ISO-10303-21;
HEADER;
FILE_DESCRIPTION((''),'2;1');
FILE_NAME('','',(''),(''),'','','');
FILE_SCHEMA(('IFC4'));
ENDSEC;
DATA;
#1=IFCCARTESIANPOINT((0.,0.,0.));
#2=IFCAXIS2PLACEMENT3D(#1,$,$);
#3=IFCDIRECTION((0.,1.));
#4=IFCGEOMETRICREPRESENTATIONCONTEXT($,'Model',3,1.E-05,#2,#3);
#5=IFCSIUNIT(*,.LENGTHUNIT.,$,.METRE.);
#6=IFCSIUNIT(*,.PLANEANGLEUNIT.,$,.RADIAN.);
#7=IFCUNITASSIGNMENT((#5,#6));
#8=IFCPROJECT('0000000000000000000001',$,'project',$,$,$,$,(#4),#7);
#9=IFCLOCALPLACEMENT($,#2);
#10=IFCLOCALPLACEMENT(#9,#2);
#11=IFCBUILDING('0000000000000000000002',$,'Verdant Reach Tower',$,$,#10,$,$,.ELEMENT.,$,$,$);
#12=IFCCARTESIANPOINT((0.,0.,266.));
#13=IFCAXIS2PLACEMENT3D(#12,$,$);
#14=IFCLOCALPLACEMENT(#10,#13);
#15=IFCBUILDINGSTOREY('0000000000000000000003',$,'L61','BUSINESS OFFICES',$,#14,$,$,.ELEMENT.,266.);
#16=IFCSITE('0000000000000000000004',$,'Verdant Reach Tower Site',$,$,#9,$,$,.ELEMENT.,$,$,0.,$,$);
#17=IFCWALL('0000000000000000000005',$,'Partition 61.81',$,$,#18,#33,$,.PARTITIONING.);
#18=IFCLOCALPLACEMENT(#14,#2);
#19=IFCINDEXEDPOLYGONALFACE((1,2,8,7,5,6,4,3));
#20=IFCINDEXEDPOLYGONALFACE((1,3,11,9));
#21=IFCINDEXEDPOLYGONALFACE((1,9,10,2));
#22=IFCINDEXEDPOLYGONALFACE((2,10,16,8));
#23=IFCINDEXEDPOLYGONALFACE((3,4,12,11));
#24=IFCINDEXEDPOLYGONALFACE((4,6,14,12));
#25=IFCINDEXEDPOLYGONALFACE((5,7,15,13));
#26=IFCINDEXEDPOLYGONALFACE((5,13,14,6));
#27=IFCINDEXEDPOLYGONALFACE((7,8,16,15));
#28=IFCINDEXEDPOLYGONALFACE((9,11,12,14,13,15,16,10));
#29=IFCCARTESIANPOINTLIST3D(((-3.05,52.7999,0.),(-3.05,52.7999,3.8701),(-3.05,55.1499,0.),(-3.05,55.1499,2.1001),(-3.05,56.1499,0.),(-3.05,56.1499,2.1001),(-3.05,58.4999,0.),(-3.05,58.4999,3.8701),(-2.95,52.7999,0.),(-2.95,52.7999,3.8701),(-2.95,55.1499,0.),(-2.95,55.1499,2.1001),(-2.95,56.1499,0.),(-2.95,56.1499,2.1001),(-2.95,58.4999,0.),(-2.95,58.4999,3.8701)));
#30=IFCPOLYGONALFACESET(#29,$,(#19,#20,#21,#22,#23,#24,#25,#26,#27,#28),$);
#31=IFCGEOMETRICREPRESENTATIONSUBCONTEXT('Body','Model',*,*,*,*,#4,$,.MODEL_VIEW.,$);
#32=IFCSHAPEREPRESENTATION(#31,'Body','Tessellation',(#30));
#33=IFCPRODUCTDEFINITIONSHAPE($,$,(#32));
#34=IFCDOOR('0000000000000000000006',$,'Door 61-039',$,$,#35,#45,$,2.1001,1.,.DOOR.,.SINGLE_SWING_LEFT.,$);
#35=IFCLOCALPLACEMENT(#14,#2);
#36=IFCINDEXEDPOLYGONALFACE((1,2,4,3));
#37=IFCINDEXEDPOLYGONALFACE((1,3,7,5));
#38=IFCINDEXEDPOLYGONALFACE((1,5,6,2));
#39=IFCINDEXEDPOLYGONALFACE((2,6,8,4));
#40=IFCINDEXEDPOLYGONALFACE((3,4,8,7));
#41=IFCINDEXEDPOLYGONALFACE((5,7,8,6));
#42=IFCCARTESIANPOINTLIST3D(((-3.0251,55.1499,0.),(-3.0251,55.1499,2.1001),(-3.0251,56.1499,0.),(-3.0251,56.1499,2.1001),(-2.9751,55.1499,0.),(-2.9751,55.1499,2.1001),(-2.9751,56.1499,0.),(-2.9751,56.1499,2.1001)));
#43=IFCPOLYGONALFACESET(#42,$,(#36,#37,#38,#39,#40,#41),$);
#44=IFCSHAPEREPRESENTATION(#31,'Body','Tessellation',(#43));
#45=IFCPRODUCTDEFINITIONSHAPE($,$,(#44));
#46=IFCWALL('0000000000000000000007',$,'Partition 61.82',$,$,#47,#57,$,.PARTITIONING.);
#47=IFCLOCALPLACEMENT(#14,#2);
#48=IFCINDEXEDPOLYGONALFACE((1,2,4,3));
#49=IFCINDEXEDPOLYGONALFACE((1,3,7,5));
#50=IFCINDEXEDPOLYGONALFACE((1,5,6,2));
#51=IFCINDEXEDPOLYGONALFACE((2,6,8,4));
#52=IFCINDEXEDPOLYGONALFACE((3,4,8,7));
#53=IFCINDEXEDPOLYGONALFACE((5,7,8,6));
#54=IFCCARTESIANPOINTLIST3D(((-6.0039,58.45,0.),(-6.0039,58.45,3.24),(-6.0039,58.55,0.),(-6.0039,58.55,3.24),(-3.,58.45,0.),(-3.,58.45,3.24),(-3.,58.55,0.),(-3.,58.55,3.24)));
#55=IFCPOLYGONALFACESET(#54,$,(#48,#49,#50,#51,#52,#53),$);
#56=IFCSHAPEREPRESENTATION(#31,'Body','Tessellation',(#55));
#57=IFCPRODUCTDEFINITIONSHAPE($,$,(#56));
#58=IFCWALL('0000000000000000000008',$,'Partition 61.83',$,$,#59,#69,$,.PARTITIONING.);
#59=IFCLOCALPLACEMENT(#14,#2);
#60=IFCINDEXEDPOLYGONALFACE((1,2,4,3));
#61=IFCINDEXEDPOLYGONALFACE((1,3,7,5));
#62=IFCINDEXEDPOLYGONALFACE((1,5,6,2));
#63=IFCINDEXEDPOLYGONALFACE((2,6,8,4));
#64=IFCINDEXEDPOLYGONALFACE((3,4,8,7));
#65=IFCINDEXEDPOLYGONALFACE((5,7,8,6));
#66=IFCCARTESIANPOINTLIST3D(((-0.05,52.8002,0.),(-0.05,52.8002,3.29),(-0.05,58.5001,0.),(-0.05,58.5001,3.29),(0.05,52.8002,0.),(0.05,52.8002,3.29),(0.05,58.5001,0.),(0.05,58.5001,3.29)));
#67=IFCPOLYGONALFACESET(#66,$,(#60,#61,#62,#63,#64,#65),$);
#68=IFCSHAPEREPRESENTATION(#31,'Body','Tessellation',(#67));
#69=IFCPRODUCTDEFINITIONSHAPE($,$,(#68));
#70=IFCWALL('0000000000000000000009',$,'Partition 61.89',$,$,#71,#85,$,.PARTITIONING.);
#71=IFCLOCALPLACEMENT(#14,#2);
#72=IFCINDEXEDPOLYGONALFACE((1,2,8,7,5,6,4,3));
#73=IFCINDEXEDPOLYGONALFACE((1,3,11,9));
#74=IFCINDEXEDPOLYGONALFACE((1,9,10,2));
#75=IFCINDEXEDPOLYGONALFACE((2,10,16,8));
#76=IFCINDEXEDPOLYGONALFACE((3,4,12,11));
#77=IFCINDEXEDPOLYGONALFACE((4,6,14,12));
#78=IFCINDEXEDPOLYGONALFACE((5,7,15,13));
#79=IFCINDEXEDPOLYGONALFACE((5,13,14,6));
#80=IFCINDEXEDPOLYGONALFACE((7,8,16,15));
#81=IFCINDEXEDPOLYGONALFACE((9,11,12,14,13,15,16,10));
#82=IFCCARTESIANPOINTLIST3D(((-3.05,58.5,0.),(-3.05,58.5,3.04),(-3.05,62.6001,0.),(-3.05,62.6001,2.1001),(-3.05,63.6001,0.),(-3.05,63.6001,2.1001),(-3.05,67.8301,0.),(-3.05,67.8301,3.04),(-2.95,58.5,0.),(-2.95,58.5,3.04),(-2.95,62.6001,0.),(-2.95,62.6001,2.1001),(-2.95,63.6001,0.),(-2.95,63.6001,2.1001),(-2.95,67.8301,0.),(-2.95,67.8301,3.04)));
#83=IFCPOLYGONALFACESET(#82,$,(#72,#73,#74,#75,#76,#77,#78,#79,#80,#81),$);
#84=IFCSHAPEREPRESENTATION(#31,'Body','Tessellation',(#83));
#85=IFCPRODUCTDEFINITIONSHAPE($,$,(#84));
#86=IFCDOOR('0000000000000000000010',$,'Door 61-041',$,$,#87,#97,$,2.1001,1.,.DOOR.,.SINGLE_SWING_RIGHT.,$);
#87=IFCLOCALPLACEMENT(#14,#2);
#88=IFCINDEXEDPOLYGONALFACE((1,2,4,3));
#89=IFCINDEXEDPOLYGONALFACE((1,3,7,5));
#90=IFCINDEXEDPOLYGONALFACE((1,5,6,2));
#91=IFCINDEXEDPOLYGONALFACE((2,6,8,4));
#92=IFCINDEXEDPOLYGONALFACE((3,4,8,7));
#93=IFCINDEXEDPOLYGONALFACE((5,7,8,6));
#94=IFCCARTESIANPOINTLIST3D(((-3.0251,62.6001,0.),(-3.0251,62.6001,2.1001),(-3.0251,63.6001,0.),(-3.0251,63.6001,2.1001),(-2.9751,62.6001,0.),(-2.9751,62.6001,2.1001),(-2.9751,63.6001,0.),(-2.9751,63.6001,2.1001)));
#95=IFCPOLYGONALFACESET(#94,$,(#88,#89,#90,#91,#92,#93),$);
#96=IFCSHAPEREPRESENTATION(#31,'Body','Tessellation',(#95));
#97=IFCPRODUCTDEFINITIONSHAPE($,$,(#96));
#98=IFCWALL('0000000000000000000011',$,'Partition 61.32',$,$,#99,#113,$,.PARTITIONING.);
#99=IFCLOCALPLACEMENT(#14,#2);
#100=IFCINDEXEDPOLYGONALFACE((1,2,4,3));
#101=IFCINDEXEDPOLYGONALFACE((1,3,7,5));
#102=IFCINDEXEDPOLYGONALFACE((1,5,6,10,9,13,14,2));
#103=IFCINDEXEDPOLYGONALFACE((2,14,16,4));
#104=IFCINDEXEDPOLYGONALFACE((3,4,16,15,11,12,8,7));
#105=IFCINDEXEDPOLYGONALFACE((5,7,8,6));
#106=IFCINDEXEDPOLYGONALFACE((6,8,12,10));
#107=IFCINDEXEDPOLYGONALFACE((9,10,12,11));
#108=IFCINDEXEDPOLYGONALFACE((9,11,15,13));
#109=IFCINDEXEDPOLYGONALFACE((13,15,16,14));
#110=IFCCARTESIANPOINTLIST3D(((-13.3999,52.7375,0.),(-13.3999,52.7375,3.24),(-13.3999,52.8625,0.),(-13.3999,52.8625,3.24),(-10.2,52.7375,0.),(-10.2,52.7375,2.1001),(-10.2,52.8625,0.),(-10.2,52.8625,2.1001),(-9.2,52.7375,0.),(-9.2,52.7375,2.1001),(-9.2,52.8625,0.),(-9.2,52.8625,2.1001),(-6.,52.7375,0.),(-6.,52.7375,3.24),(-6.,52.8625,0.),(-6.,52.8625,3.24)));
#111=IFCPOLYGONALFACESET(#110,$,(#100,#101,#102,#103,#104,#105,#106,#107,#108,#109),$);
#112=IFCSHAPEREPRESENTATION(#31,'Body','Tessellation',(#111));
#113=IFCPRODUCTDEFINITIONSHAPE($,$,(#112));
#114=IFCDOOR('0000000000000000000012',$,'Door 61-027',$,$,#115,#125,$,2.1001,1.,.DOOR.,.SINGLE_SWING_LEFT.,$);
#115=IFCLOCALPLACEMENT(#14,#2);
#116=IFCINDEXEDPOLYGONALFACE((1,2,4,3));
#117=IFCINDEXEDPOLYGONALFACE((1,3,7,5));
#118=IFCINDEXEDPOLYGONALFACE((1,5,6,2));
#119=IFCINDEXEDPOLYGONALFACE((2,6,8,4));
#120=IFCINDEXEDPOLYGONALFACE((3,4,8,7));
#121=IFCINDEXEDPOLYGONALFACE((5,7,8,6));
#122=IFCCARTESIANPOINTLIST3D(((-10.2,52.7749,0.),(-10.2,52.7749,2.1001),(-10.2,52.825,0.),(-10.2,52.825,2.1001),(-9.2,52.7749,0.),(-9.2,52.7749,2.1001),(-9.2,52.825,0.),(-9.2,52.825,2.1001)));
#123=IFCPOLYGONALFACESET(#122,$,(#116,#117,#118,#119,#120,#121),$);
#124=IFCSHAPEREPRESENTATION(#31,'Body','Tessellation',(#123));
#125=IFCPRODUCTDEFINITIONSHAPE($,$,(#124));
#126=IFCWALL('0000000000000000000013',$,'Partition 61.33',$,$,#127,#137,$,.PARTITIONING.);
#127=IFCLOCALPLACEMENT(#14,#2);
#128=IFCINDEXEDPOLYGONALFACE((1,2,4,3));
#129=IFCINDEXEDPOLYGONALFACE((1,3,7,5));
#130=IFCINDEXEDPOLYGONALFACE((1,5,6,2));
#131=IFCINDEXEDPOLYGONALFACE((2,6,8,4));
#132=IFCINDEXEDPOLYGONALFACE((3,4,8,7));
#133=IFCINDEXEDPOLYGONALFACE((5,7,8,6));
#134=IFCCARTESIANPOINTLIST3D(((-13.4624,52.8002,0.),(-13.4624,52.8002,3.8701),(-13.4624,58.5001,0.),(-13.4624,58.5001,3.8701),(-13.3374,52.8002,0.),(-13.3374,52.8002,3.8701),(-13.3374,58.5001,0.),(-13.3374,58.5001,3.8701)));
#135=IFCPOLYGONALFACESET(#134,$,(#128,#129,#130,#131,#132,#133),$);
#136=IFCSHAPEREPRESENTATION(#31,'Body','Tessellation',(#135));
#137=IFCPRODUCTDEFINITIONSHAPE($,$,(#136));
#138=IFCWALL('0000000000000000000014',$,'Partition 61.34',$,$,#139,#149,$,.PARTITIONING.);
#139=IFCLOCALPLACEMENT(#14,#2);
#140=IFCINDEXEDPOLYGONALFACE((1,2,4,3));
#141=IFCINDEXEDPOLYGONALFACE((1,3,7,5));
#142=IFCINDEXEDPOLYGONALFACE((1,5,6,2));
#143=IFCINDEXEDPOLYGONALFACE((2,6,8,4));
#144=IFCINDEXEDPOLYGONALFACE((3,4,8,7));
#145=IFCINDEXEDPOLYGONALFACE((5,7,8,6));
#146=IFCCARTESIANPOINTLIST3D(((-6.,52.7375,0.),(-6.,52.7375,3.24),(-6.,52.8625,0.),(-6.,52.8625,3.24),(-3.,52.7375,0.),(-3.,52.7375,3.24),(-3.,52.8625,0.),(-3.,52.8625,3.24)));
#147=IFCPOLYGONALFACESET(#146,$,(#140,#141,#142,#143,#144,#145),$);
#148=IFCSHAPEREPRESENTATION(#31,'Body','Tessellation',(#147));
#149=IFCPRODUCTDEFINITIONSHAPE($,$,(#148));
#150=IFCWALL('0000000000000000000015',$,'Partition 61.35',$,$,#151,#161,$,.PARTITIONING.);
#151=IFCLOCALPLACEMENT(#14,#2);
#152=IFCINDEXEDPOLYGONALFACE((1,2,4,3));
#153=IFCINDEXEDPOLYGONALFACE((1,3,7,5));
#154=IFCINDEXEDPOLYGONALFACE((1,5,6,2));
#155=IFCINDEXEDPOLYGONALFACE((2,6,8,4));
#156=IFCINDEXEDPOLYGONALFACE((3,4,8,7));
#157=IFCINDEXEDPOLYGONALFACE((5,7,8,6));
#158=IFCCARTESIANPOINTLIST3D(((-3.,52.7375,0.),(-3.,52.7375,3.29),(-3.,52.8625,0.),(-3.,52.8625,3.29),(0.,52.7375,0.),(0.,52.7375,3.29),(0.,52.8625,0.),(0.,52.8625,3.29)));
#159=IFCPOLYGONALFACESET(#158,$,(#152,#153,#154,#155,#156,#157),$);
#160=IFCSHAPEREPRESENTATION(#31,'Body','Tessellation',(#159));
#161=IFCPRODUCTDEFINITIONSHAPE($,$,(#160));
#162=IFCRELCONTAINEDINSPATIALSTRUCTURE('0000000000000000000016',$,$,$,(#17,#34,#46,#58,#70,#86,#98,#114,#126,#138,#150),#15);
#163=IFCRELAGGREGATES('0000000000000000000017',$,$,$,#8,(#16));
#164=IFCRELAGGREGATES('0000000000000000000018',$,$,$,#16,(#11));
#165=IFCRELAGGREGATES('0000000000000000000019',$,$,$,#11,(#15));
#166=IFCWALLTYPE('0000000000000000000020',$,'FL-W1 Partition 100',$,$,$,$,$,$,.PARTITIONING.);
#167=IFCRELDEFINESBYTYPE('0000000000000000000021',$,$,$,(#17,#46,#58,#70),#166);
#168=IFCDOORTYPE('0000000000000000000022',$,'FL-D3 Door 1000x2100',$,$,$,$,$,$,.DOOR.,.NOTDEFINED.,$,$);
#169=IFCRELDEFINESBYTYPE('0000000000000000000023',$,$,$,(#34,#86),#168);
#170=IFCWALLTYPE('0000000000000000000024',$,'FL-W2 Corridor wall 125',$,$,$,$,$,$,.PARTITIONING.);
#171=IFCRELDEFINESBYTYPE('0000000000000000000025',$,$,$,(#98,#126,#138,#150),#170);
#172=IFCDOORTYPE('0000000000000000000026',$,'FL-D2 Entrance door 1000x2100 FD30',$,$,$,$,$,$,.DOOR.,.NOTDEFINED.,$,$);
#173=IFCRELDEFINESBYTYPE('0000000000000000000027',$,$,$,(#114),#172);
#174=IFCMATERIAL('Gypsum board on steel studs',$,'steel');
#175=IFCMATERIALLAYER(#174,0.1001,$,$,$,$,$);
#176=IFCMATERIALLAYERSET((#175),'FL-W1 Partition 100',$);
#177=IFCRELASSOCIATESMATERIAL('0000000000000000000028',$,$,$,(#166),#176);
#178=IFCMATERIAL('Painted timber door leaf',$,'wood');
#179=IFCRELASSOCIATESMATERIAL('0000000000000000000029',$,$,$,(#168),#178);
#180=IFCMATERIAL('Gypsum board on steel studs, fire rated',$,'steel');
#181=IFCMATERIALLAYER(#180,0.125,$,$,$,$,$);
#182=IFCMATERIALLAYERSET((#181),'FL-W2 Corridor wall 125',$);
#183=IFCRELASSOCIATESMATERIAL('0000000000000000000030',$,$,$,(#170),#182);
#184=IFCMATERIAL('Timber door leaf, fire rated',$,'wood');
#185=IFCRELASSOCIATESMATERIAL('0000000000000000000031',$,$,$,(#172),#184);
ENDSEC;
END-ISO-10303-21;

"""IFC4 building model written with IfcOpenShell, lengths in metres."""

from ifc_helpers import new_model, si_unit, direction, frame, frame_2d, origin, place, context, subcontext, project, spatial, rectangle, extrude, material, layer, layer_set, type_object, element, fill, save


model = new_model("IFC4")

# Units and contexts
model_context = context("Model", 3, precision=1e-05, world=origin(), true_north=direction((0.0, 1.0)))
body_context = subcontext(model_context, "Body", "Model", "MODEL_VIEW")
ifc_project = project(units=[si_unit("LENGTHUNIT", "METRE"), si_unit("PLANEANGLEUNIT", "RADIAN")], contexts=[model_context])

# Site, building, storey
site_placement = place(None, origin())
site = spatial("IfcSite", under=ifc_project, at=site_placement, Name="Verdant Reach Tower Site", CompositionType="ELEMENT", RefElevation=0.0)
building_placement = place(site_placement, origin())
building = spatial("IfcBuilding", under=site, at=building_placement, Name="Verdant Reach Tower", CompositionType="ELEMENT")
storey_placement = place(building_placement, frame((0.0, 0.0, 266.0)))
storey = spatial("IfcBuildingStorey", under=building, at=storey_placement, Name="L61", Description="BUSINESS OFFICES", CompositionType="ELEMENT", Elevation=266.0)

# Shared definitions
ifc_material_1 = material(Name="Gypsum board on steel studs", Category="steel")
ifc_layer_1 = layer(ifc_material_1, 0.1001)
ifc_layer_set_1 = layer_set([ifc_layer_1], Name="FL-W1 Partition 100")
wall_type_1 = type_object("IfcWallType", Name="FL-W1 Partition 100", PredefinedType="PARTITIONING", material=ifc_layer_set_1)
ifc_material_2 = material(Name="Painted timber door leaf", Category="wood")
door_type_1 = type_object("IfcDoorType", Name="FL-D3 Door 1000x2100", OperationType="NOTDEFINED", PredefinedType="DOOR", material=ifc_material_2)

# Wall, opening, door
wall_1_placement = place(storey_placement, frame((-3.0, 58.5, 0.0), z_axis=(0.0, 0.0, 1.0), x_axis=(0.0, -1.0, 0.0)))
wall_1 = element("IfcWall", 1, at=wall_1_placement, inside=storey, type_object=wall_type_1, Name="Partition 61.81", PredefinedType="PARTITIONING", context=body_context, shape_type="SweptSolid", body=[
    extrude(rectangle(XDim=5.7, YDim=0.1001, at=frame_2d((2.8501, 0.0))), origin(), (0.0, 0.0, 1.0), 3.8701),
])
opening_1_placement = place(wall_1_placement, frame((2.3501, 0.0, 0.0)))
opening_1 = element("IfcOpeningElement", 2, at=opening_1_placement, cuts=wall_1, PredefinedType="OPENING", context=body_context, shape_type="SweptSolid", body=[
    extrude(rectangle(XDim=1.0, YDim=2.1001, at=frame_2d((0.5, 1.05))), frame((0.0, 0.0601, 0.0), z_axis=(0.0, -1.0, 0.0), x_axis=(1.0, 0.0, 0.0)), (0.0, 0.0, 1.0), 0.1201),
])
door_1_placement = place(opening_1_placement, origin())
door_1 = element("IfcDoor", 3, at=door_1_placement, inside=storey, type_object=door_type_1, Name="Door 61-039", OperationType="SINGLE_SWING_LEFT", OverallHeight=2.1001, OverallWidth=1.0, PredefinedType="DOOR", context=body_context, shape_type="SweptSolid", body=[
    extrude(rectangle(XDim=1.0, YDim=2.1001, at=frame_2d((0.5, 1.05))), frame((0.0, 0.0249, 0.0), z_axis=(0.0, -1.0, 0.0), x_axis=(1.0, 0.0, 0.0)), (0.0, 0.0, 1.0), 0.05),
])
fill(opening_1, door_1)

# Walls
wall_2_placement = place(storey_placement, frame((-3.0, 58.5, 0.0), z_axis=(0.0, 0.0, 1.0), x_axis=(-1.0, 0.0, 0.0)))
element("IfcWall", 4, at=wall_2_placement, inside=storey, type_object=wall_type_1, Name="Partition 61.82", PredefinedType="PARTITIONING", context=body_context, shape_type="SweptSolid", body=[
    extrude(rectangle(XDim=3.0039, YDim=0.1001, at=frame_2d((1.502, 0.0))), origin(), (0.0, 0.0, 1.0), 3.24),
])
wall_3_placement = place(storey_placement, frame((0.0, 52.8, 0.0), z_axis=(0.0, 0.0, 1.0), x_axis=(0.0, 1.0, 0.0)))
element("IfcWall", 5, at=wall_3_placement, inside=storey, type_object=wall_type_1, Name="Partition 61.83", PredefinedType="PARTITIONING", context=body_context, shape_type="SweptSolid", body=[
    extrude(rectangle(XDim=5.7, YDim=0.1001, at=frame_2d((2.8501, 0.0))), origin(), (0.0, 0.0, 1.0), 3.29),
])

# Walls, openings, doors
wall_4_placement = place(storey_placement, frame((-3.0, 67.8301, 0.0), z_axis=(0.0, 0.0, 1.0), x_axis=(0.0, -1.0, 0.0)))
wall_4 = element("IfcWall", 6, at=wall_4_placement, inside=storey, type_object=wall_type_1, Name="Partition 61.89", PredefinedType="PARTITIONING", context=body_context, shape_type="SweptSolid", body=[
    extrude(rectangle(XDim=9.3301, YDim=0.1001, at=frame_2d((4.665, 0.0))), origin(), (0.0, 0.0, 1.0), 3.04),
])
opening_2_placement = place(wall_4_placement, frame((4.23, 0.0, 0.0)))
opening_2 = element("IfcOpeningElement", 7, at=opening_2_placement, cuts=wall_4, PredefinedType="OPENING", context=body_context, shape_type="SweptSolid", body=[
    extrude(rectangle(XDim=1.0, YDim=2.1001, at=frame_2d((0.5, 1.05))), frame((0.0, 0.0601, 0.0), z_axis=(0.0, -1.0, 0.0), x_axis=(1.0, 0.0, 0.0)), (0.0, 0.0, 1.0), 0.1201),
])
door_2_placement = place(opening_2_placement, origin())
door_2 = element("IfcDoor", 8, at=door_2_placement, inside=storey, type_object=door_type_1, Name="Door 61-041", OperationType="SINGLE_SWING_RIGHT", OverallHeight=2.1001, OverallWidth=1.0, PredefinedType="DOOR", context=body_context, shape_type="SweptSolid", body=[
    extrude(rectangle(XDim=1.0, YDim=2.1001, at=frame_2d((0.5, 1.05))), frame((0.0, 0.0249, 0.0), z_axis=(0.0, -1.0, 0.0), x_axis=(1.0, 0.0, 0.0)), (0.0, 0.0, 1.0), 0.05),
])
fill(opening_2, door_2)
ifc_material_3 = material(Name="Gypsum board on steel studs, fire rated", Category="steel")
ifc_layer_2 = layer(ifc_material_3, 0.125)
ifc_layer_set_2 = layer_set([ifc_layer_2], Name="FL-W2 Corridor wall 125")
wall_type_2 = type_object("IfcWallType", Name="FL-W2 Corridor wall 125", PredefinedType="PARTITIONING", material=ifc_layer_set_2)
wall_5_placement = place(storey_placement, frame((-13.3999, 52.8, 0.0), z_axis=(0.0, 0.0, 1.0), x_axis=(1.0, 0.0, 0.0)))
wall_5 = element("IfcWall", 9, at=wall_5_placement, inside=storey, type_object=wall_type_2, Name="Partition 61.32", PredefinedType="PARTITIONING", context=body_context, shape_type="SweptSolid", body=[
    extrude(rectangle(XDim=7.3999, YDim=0.125, at=frame_2d((3.7, 0.0))), origin(), (0.0, 0.0, 1.0), 3.24),
])
opening_3_placement = place(wall_5_placement, frame((3.2, 0.0, 0.0)))
opening_3 = element("IfcOpeningElement", 10, at=opening_3_placement, cuts=wall_5, PredefinedType="OPENING", context=body_context, shape_type="SweptSolid", body=[
    extrude(rectangle(XDim=1.0, YDim=2.1001, at=frame_2d((0.5, 1.05))), frame((0.0, 0.0725, 0.0), z_axis=(0.0, -1.0, 0.0), x_axis=(1.0, 0.0, 0.0)), (0.0, 0.0, 1.0), 0.145),
])
ifc_material_4 = material(Name="Timber door leaf, fire rated", Category="wood")
door_type_2 = type_object("IfcDoorType", Name="FL-D2 Entrance door 1000x2100 FD30", OperationType="NOTDEFINED", PredefinedType="DOOR", material=ifc_material_4)
door_3_placement = place(opening_3_placement, origin())
door_3 = element("IfcDoor", 11, at=door_3_placement, inside=storey, type_object=door_type_2, Name="Door 61-027", OperationType="SINGLE_SWING_LEFT", OverallHeight=2.1001, OverallWidth=1.0, PredefinedType="DOOR", context=body_context, shape_type="SweptSolid", body=[
    extrude(rectangle(XDim=1.0, YDim=2.1001, at=frame_2d((0.5, 1.05))), frame((0.0, 0.0249, 0.0), z_axis=(0.0, -1.0, 0.0), x_axis=(1.0, 0.0, 0.0)), (0.0, 0.0, 1.0), 0.05),
])
fill(opening_3, door_3)

# Walls
wall_6_placement = place(storey_placement, frame((-13.3999, 52.8, 0.0), z_axis=(0.0, 0.0, 1.0), x_axis=(0.0, 1.0, 0.0)))
element("IfcWall", 12, at=wall_6_placement, inside=storey, type_object=wall_type_2, Name="Partition 61.33", PredefinedType="PARTITIONING", context=body_context, shape_type="SweptSolid", body=[
    extrude(rectangle(XDim=5.7, YDim=0.125, at=frame_2d((2.8501, 0.0))), origin(), (0.0, 0.0, 1.0), 3.8701),
])
wall_7_placement = place(storey_placement, frame((-3.0, 52.8, 0.0), z_axis=(0.0, 0.0, 1.0), x_axis=(-1.0, 0.0, 0.0)))
element("IfcWall", 13, at=wall_7_placement, inside=storey, type_object=wall_type_2, Name="Partition 61.34", PredefinedType="PARTITIONING", context=body_context, shape_type="SweptSolid", body=[
    extrude(rectangle(XDim=3.0, YDim=0.125, at=frame_2d((1.5, 0.0))), origin(), (0.0, 0.0, 1.0), 3.24),
])
wall_8_placement = place(storey_placement, frame((0.0, 52.8, 0.0), z_axis=(0.0, 0.0, 1.0), x_axis=(-1.0, 0.0, 0.0)))
element("IfcWall", 14, at=wall_8_placement, inside=storey, type_object=wall_type_2, Name="Partition 61.35", PredefinedType="PARTITIONING", context=body_context, shape_type="SweptSolid", body=[
    extrude(rectangle(XDim=3.0, YDim=0.125, at=frame_2d((1.5, 0.0))), origin(), (0.0, 0.0, 1.0), 3.29),
])

save(model, "model.ifc")
